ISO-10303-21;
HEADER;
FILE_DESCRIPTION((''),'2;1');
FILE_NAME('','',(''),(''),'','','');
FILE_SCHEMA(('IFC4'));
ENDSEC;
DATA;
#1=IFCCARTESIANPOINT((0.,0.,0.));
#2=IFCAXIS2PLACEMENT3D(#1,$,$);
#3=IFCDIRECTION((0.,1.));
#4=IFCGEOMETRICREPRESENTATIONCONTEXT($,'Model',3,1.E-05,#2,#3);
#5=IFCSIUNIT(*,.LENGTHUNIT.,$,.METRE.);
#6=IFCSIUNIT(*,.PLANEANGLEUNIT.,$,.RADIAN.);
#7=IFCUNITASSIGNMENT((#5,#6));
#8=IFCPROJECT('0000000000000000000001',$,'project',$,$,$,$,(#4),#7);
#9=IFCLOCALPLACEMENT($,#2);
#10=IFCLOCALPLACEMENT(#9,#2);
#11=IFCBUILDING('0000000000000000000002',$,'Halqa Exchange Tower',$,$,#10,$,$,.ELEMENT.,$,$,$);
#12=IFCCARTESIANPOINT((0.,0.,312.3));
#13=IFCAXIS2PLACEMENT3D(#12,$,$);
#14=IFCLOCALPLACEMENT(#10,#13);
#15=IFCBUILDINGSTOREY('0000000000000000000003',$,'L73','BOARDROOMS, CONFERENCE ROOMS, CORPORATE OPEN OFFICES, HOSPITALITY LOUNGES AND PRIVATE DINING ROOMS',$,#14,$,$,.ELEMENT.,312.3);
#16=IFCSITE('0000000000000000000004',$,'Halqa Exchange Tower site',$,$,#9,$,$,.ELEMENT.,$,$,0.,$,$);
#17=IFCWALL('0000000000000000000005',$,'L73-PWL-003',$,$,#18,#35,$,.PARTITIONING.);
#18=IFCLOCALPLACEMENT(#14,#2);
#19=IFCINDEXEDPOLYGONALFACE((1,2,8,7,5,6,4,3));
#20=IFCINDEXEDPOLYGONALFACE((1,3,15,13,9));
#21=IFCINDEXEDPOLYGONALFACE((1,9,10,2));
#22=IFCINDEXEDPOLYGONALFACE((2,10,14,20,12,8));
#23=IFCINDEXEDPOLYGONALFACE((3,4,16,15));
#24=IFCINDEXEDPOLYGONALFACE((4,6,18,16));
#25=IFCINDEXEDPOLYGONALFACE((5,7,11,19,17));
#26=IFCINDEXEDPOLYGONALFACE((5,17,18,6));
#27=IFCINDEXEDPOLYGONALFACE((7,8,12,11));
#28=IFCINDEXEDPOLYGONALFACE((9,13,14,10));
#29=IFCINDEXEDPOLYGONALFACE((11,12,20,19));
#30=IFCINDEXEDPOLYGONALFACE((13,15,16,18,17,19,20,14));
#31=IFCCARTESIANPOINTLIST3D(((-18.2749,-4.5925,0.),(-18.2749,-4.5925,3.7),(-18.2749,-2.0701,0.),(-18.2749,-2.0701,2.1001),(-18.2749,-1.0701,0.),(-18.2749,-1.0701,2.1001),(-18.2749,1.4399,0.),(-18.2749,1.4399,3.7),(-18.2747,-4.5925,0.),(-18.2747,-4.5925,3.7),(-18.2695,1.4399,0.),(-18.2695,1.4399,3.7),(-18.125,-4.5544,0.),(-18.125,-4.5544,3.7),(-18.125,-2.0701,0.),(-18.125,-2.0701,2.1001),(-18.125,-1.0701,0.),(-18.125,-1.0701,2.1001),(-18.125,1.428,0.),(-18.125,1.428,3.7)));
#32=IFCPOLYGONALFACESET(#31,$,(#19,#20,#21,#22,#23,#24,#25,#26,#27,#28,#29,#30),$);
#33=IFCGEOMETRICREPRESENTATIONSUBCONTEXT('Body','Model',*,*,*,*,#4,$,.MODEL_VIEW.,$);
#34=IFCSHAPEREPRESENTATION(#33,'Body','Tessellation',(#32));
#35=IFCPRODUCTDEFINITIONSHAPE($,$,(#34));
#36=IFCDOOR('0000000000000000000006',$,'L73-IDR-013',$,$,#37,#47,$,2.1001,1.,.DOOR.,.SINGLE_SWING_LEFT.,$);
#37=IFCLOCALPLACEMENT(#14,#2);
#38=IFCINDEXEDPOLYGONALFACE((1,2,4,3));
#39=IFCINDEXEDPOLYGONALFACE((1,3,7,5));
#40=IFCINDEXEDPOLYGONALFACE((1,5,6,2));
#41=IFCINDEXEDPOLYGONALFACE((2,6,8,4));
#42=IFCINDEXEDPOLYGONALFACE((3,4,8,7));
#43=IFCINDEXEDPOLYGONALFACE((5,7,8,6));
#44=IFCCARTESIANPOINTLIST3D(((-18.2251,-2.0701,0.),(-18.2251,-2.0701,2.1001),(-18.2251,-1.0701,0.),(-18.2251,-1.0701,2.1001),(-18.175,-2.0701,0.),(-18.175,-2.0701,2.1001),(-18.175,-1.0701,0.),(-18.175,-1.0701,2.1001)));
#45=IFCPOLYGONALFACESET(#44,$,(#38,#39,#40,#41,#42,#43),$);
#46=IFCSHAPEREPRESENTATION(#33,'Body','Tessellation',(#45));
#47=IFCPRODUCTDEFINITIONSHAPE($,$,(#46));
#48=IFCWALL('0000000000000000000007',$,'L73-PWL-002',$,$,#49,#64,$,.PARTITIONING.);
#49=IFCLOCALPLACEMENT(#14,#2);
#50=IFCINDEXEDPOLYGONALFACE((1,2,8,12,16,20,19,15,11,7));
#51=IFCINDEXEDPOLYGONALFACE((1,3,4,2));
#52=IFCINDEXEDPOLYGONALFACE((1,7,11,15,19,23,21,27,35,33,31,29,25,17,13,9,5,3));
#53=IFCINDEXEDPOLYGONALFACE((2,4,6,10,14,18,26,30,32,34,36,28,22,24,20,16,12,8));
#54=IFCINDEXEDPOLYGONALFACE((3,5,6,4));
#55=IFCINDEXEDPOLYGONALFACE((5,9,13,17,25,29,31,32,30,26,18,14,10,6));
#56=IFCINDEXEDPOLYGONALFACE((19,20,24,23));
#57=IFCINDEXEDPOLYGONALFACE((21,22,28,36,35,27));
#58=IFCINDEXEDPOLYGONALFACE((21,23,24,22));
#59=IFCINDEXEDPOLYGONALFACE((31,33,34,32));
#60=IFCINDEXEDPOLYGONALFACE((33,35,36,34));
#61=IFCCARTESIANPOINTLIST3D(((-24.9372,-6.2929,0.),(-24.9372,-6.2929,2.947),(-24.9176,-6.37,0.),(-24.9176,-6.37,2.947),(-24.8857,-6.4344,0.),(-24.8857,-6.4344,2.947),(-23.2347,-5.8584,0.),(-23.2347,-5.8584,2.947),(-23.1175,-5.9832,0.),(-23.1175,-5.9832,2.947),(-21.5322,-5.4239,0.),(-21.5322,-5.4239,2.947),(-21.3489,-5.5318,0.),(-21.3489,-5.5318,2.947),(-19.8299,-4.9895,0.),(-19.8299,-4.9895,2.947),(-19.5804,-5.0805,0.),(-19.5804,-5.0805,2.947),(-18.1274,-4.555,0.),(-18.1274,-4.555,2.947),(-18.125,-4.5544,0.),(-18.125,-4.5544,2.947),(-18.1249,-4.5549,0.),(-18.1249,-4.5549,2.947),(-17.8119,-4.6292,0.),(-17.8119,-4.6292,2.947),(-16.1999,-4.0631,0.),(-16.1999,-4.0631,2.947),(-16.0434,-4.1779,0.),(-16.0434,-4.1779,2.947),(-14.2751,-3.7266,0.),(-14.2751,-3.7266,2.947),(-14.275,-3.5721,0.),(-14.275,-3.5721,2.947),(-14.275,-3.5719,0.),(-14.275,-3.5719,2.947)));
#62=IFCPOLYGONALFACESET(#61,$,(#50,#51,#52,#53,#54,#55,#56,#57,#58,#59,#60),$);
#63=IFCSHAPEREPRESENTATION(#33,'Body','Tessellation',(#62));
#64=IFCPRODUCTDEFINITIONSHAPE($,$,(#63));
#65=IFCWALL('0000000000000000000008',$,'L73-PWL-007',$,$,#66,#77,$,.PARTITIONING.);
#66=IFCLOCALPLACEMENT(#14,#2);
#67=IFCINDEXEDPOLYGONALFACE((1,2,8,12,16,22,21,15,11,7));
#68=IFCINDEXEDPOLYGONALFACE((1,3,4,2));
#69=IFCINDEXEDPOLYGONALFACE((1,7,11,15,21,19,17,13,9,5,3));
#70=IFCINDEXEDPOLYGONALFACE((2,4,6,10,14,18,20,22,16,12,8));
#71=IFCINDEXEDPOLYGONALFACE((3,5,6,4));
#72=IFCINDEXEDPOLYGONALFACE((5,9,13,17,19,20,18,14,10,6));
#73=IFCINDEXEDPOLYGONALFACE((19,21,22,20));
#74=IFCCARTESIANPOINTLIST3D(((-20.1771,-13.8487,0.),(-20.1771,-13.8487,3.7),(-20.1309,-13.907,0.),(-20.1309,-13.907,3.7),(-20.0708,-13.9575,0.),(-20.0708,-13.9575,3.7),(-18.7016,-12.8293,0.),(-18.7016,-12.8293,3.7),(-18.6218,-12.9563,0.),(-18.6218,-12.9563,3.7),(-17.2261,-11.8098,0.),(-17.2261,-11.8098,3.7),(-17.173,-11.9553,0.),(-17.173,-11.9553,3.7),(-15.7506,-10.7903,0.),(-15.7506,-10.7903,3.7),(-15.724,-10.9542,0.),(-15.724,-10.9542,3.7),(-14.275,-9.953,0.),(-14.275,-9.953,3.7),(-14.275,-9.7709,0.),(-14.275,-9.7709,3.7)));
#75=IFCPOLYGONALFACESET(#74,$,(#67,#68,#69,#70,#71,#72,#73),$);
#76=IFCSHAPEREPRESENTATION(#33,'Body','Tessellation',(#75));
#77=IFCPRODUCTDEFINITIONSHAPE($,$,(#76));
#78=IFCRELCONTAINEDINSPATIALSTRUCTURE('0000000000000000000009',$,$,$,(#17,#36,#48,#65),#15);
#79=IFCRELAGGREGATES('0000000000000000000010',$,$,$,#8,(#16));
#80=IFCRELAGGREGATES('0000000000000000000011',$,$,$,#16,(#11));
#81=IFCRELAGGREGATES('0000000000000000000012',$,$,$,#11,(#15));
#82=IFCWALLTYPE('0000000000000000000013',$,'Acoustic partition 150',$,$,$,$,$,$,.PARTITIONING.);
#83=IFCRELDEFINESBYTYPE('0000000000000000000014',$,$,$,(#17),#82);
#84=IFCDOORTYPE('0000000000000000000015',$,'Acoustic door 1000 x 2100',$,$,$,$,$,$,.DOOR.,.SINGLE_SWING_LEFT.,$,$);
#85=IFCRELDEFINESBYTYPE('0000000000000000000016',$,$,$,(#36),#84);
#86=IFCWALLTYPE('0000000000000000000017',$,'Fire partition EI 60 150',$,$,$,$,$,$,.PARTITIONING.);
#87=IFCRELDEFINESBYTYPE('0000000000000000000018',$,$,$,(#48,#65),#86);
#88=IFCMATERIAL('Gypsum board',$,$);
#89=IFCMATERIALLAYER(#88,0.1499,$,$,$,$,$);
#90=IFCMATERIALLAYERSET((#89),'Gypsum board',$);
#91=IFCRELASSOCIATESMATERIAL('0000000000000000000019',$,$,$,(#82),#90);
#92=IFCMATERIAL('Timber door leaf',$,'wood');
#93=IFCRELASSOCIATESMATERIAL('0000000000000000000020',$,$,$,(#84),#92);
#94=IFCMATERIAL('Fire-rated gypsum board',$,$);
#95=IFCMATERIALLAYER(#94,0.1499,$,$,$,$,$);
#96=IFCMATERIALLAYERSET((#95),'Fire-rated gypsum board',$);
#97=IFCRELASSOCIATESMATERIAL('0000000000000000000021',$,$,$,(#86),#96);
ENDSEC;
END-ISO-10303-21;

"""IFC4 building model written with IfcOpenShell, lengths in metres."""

from ifc_helpers import new_model, si_unit, direction, frame, frame_2d, origin, place, context, subcontext, project, spatial, polyline, rectangle, outline, extrude, material, layer, layer_set, type_object, element, fill, save


model = new_model("IFC4")

# Units and contexts
model_context = context("Model", 3, precision=1e-05, world=origin(), true_north=direction((0.0, 1.0)))
body_context = subcontext(model_context, "Body", "Model", "MODEL_VIEW")
ifc_project = project(units=[si_unit("LENGTHUNIT", "METRE"), si_unit("PLANEANGLEUNIT", "RADIAN")], contexts=[model_context])

# Site, building, storey
site_placement = place(None, origin())
site = spatial("IfcSite", under=ifc_project, at=site_placement, Name="Halqa Exchange Tower site", CompositionType="ELEMENT", RefElevation=0.0)
building_placement = place(site_placement, origin())
building = spatial("IfcBuilding", under=site, at=building_placement, Name="Halqa Exchange Tower", CompositionType="ELEMENT")
storey_placement = place(building_placement, frame((0.0, 0.0, 312.3)))
storey = spatial("IfcBuildingStorey", under=building, at=storey_placement, Name="L73", Description="BOARDROOMS, CONFERENCE ROOMS, CORPORATE OPEN OFFICES, HOSPITALITY LOUNGES AND PRIVATE DINING ROOMS", CompositionType="ELEMENT", Elevation=312.3)

# Wall, opening, door
ifc_material_1 = material(Name="Gypsum board")
ifc_layer_1 = layer(ifc_material_1, 0.1499)
ifc_layer_set_1 = layer_set([ifc_layer_1], Name="Gypsum board")
wall_type_1 = type_object("IfcWallType", Name="Acoustic partition 150", PredefinedType="PARTITIONING", material=ifc_layer_set_1)
wall_1_placement = place(storey_placement, frame((-18.2, -4.5925, 0.0), z_axis=(0.0, 0.0, 1.0), x_axis=(0.0, 1.0, 0.0)))
wall_1 = element("IfcWall", 1, at=wall_1_placement, inside=storey, type_object=wall_type_1, Name="L73-PWL-003", PredefinedType="PARTITIONING", context=body_context, shape_type="SweptSolid", body=[
    extrude(outline(polyline([(0.0381, -0.075), (2.0322, -0.075), (4.0264, -0.075), (6.0205, -0.075), (6.0325, 0.0696), (6.0325, 0.075), (4.5244, 0.075), (3.0161, 0.075), (1.5081, 0.075), (0.0, 0.075), (0.0, 0.0747), (0.0381, -0.075)])), origin(), (0.0, 0.0, 1.0), 3.7),
])
opening_1_placement = place(wall_1_placement, frame((2.5225, 0.0, 0.0)))
opening_1 = element("IfcOpeningElement", 2, at=opening_1_placement, cuts=wall_1, PredefinedType="OPENING", context=body_context, shape_type="SweptSolid", body=[
    extrude(rectangle(XDim=1.0, YDim=2.1001, at=frame_2d((0.5, 1.05))), frame((0.0, 0.0869, 0.0), z_axis=(0.0, -1.0, 0.0), x_axis=(1.0, 0.0, 0.0)), (0.0, 0.0, 1.0), 0.1738),
])
ifc_material_2 = material(Name="Timber door leaf", Category="wood")
door_type_1 = type_object("IfcDoorType", Name="Acoustic door 1000 x 2100", OperationType="SINGLE_SWING_LEFT", PredefinedType="DOOR", material=ifc_material_2)
door_1_placement = place(opening_1_placement, frame((1.0, 0.0, 0.0), z_axis=(0.0, 0.0, 1.0), x_axis=(-1.0, 0.0, 0.0)))
door_1 = element("IfcDoor", 3, at=door_1_placement, inside=storey, type_object=door_type_1, Name="L73-IDR-013", OperationType="SINGLE_SWING_LEFT", OverallHeight=2.1001, OverallWidth=1.0, PredefinedType="DOOR", context=body_context, shape_type="SweptSolid", body=[
    extrude(rectangle(XDim=1.0, YDim=2.1001, at=frame_2d((0.5, 1.05))), frame((0.0, 0.0249, 0.0), z_axis=(0.0, -1.0, 0.0), x_axis=(1.0, 0.0, 0.0)), (0.0, 0.0, 1.0), 0.05),
])
fill(opening_1, door_1)

# Walls
ifc_material_3 = material(Name="Fire-rated gypsum board")
ifc_layer_2 = layer(ifc_material_3, 0.1499)
ifc_layer_set_2 = layer_set([ifc_layer_2], Name="Fire-rated gypsum board")
wall_type_2 = type_object("IfcWallType", Name="Fire partition EI 60 150", PredefinedType="PARTITIONING", material=ifc_layer_set_2)
wall_2_placement = place(storey_placement, frame((-24.9187, -6.3655, 0.0), z_axis=(0.0, 0.0, 1.0), x_axis=(0.968946, 0.247273, 0.0)))
element("IfcWall", 4, at=wall_2_placement, inside=storey, type_object=wall_type_2, Name="L73-PWL-002", PredefinedType="PARTITIONING", context=body_context, shape_type="SweptSolid", body=[
    extrude(outline(polyline([(0.0149, -0.075), (1.8398, -0.075), (3.665, -0.075), (5.4902, -0.075), (7.3154, -0.075), (9.1406, -0.075), (10.9656, -0.075), (11.0039, 0.0747), (11.0039, 0.075), (9.0173, 0.075), (7.0305, 0.075), (7.0305, 0.0745), (7.0281, 0.075), (5.271, 0.075), (3.5142, 0.075), (1.7571, 0.075), (0.0, 0.075), (0.0, -0.0046), (0.0149, -0.075)])), origin(), (0.0, 0.0, 1.0), 2.947),
])
wall_3_placement = place(storey_placement, frame((-14.2324, -9.8325, 0.0), z_axis=(0.0, 0.0, 1.0), x_axis=(-0.822726, -0.568438, 0.0)))
element("IfcWall", 5, at=wall_3_placement, inside=storey, type_object=wall_type_2, Name="L73-PWL-007", PredefinedType="PARTITIONING", context=body_context, shape_type="SweptSolid", body=[
    extrude(outline(polyline([(0.0, -0.075), (1.7935, -0.075), (3.5869, -0.075), (5.3804, -0.075), (7.1738, -0.075), (7.1689, -0.0007), (7.1482, 0.075), (5.387, 0.075), (3.626, 0.075), (1.8647, 0.075), (0.1035, 0.075), (0.0, -0.075), (0.0, -0.075)])), origin(), (0.0, 0.0, 1.0), 3.7),
])

save(model, "model.ifc")
